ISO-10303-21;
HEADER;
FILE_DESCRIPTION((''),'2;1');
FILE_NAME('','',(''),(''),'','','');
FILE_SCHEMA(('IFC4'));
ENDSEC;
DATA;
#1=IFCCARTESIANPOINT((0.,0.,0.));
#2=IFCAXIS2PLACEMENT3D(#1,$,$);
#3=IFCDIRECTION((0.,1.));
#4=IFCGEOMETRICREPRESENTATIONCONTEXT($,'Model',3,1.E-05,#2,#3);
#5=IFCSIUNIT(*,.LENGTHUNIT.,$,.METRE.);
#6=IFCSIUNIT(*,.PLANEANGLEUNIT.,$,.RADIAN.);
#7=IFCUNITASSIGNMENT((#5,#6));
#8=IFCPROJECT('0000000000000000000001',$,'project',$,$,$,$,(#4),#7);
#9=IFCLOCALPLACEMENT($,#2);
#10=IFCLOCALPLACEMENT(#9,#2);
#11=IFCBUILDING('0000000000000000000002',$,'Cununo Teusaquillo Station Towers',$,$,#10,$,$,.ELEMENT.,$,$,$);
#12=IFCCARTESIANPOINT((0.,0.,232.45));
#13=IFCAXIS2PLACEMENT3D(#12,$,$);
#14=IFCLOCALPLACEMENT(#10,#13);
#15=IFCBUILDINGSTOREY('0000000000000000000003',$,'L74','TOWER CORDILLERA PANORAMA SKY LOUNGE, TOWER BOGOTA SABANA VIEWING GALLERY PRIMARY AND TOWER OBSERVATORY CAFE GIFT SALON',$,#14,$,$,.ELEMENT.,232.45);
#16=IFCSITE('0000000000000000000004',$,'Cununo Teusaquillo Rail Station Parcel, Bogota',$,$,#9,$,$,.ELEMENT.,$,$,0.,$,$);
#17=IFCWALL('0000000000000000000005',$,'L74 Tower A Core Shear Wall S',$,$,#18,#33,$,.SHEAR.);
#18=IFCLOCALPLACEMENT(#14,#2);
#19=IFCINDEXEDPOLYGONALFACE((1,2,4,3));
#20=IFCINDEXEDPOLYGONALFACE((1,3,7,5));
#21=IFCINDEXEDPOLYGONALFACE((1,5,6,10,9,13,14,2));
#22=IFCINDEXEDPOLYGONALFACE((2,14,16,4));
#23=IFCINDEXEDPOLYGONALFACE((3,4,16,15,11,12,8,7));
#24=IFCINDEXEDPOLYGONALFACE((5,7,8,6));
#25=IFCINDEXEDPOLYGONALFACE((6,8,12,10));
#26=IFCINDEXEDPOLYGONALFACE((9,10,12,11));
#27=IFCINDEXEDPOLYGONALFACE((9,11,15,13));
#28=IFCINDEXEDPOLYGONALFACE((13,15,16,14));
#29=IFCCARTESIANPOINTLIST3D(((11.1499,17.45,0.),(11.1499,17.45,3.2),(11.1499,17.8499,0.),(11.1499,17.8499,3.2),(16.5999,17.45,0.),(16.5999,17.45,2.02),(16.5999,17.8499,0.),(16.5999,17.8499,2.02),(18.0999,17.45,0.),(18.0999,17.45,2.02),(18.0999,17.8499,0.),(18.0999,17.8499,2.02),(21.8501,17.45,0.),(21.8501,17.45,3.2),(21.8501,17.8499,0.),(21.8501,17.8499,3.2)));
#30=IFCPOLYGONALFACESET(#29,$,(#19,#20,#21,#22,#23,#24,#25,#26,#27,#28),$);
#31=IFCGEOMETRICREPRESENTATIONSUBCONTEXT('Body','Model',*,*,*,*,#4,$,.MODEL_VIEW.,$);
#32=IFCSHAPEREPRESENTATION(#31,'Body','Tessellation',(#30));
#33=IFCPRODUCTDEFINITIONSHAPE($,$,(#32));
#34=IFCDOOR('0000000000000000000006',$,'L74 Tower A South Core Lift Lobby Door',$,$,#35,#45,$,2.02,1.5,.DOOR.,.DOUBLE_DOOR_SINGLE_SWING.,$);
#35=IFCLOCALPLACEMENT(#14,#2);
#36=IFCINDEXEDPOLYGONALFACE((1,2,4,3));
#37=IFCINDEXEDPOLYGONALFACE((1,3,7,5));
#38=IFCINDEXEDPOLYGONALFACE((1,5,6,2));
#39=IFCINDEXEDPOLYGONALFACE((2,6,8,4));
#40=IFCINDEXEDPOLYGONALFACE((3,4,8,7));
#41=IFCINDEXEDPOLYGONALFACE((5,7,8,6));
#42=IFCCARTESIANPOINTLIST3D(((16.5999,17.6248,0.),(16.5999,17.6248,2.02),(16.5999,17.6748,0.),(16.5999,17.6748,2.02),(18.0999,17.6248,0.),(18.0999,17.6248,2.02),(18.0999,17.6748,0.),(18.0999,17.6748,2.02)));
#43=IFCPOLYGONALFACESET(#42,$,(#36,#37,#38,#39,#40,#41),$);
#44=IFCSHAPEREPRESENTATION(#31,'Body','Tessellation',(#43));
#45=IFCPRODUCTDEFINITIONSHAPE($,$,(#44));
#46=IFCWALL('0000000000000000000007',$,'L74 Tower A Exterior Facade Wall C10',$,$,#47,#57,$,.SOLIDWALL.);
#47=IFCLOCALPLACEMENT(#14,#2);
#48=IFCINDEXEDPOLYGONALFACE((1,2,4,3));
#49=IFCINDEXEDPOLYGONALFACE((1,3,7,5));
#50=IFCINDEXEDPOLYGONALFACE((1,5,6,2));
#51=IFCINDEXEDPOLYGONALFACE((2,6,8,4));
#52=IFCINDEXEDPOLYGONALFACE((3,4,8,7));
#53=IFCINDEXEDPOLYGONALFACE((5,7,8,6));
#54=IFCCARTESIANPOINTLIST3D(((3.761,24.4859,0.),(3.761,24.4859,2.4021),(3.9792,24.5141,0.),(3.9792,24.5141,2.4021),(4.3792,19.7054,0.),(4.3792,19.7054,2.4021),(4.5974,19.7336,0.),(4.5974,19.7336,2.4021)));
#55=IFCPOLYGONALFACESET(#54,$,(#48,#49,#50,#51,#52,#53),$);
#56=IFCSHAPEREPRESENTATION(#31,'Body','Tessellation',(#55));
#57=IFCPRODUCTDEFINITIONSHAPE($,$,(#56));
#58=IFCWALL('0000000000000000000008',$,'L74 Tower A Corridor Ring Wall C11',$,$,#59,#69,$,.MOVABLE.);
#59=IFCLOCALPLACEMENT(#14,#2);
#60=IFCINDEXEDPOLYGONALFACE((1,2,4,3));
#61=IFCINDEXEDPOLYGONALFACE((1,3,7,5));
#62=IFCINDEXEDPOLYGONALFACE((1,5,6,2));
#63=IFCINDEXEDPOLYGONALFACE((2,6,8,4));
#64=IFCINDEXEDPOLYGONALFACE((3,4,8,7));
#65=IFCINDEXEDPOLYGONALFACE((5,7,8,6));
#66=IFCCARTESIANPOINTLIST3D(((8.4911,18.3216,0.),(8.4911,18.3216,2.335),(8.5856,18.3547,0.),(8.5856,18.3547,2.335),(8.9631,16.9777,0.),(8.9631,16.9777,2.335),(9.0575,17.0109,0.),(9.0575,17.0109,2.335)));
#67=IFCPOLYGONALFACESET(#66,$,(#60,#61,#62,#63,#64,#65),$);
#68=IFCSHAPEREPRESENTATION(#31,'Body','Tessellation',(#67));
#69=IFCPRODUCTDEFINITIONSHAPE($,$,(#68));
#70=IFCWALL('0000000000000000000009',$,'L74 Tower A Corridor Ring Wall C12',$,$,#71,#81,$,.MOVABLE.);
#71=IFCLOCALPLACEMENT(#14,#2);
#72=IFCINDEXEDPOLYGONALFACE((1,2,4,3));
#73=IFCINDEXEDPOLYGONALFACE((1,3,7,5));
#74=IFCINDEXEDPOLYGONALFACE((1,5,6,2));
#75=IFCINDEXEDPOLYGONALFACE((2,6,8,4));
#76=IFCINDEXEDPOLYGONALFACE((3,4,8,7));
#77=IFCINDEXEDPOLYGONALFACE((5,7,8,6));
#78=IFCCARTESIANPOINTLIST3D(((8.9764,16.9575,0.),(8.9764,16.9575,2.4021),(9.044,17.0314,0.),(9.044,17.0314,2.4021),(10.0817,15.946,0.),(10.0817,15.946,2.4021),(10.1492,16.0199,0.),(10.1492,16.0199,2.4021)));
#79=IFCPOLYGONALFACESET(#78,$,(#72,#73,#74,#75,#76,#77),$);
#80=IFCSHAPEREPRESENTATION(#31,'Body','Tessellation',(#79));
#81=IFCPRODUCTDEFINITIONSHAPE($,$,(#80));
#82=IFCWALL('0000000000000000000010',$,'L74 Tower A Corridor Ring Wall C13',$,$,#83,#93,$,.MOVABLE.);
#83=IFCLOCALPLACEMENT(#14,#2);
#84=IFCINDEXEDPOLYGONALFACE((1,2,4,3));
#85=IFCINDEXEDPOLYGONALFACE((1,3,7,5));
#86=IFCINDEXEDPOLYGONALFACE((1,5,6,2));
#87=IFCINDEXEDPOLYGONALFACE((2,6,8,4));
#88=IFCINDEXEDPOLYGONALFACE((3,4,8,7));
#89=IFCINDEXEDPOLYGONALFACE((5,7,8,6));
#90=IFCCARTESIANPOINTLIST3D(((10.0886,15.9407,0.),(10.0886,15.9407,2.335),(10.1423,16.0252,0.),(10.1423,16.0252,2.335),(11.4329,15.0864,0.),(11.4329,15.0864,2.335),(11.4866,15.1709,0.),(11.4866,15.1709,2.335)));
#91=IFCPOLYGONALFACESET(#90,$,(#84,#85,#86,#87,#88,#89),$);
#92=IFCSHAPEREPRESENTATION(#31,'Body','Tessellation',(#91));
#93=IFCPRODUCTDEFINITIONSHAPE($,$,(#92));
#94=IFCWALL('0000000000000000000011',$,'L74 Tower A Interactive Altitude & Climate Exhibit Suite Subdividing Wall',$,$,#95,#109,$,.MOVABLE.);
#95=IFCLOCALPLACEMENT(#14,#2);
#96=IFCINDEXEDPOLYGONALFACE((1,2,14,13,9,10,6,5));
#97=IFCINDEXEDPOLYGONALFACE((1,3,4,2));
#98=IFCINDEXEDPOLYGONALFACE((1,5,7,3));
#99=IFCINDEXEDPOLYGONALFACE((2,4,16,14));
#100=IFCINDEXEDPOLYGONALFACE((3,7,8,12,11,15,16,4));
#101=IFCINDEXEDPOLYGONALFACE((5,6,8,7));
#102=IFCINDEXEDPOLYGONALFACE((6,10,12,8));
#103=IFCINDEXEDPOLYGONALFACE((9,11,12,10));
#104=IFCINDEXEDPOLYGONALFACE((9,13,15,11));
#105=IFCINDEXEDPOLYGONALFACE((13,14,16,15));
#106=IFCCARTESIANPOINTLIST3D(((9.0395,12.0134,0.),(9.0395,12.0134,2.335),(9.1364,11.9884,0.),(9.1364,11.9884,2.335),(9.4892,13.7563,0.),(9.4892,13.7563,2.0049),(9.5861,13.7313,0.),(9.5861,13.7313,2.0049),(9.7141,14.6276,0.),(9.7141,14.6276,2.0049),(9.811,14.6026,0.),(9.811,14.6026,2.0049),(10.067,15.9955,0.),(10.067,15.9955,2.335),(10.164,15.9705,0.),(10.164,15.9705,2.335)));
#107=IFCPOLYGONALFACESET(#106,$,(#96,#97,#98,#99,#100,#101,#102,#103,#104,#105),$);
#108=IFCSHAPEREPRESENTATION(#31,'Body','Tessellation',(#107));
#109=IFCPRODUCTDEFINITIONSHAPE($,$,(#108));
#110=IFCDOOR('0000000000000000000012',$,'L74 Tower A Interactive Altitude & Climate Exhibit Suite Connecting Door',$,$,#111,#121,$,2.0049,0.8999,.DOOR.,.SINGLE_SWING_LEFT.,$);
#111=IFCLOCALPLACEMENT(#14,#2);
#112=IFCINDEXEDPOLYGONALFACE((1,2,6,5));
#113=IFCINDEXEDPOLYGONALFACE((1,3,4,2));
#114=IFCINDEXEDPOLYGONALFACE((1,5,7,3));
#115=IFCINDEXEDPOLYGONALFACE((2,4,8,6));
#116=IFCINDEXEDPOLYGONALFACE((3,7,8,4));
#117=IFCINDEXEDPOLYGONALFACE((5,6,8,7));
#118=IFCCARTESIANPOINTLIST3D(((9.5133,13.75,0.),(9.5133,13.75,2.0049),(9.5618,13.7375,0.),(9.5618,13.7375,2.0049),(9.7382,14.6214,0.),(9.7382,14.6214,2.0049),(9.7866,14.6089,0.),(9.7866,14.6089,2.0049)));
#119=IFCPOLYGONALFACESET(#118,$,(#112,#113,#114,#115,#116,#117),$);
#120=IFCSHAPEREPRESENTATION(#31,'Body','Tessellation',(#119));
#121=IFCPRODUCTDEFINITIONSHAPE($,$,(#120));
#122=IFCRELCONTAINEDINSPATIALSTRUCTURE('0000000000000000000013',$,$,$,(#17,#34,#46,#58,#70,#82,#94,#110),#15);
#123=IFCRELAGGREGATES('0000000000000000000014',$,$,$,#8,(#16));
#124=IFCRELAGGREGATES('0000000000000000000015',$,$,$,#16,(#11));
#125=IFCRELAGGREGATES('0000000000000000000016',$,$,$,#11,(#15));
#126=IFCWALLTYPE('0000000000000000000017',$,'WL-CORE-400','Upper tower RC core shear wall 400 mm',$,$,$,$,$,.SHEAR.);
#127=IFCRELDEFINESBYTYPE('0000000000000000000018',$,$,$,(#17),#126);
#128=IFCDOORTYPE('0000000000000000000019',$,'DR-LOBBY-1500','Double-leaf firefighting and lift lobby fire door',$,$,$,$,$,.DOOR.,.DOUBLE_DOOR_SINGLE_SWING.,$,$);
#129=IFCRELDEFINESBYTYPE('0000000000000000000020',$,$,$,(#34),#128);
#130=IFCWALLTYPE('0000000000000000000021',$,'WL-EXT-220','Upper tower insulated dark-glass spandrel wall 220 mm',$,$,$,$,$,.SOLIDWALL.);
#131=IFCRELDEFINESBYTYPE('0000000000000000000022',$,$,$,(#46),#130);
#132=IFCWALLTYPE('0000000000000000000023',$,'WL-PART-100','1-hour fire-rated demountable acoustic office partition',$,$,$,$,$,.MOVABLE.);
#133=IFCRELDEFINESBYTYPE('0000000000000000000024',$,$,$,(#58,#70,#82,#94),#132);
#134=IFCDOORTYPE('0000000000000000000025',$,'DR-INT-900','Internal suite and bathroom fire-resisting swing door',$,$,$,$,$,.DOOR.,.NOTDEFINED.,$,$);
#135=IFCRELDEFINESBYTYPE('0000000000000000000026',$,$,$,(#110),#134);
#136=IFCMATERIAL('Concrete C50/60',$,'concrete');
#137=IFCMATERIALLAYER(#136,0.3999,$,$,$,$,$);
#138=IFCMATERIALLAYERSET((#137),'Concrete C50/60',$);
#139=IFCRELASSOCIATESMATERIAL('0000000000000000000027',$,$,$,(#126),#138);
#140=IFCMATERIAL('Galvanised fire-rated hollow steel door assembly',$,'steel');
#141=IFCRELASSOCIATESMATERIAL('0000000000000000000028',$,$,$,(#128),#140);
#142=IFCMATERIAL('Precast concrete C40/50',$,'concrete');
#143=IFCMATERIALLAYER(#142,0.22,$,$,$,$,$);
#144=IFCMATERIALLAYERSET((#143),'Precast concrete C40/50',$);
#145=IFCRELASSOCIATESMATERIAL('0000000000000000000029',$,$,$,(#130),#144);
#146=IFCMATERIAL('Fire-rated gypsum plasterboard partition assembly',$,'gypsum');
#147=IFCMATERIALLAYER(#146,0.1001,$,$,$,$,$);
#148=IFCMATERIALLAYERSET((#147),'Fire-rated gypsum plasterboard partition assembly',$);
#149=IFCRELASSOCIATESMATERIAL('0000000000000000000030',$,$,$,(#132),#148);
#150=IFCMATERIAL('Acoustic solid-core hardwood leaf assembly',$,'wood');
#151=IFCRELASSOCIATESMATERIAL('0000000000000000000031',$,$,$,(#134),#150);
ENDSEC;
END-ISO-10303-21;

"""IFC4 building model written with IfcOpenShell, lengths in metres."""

from ifc_helpers import new_model, si_unit, direction, frame, frame_2d, origin, place, context, subcontext, project, spatial, rectangle, extrude, source, transform, mapped, material, layer, layer_set, type_object, element, fill, save


model = new_model("IFC4")

# Units and contexts
model_context = context("Model", 3, precision=1e-05, world=origin(), true_north=direction((0.0, 1.0)))
body_context = subcontext(model_context, "Body", "Model", "MODEL_VIEW")
ifc_project = project(units=[si_unit("LENGTHUNIT", "METRE"), si_unit("PLANEANGLEUNIT", "RADIAN")], contexts=[model_context])

# Site, building, storey
site_placement = place(None, origin())
site = spatial("IfcSite", under=ifc_project, at=site_placement, Name="Cununo Teusaquillo Rail Station Parcel, Bogota", CompositionType="ELEMENT", RefElevation=0.0)
building_placement = place(site_placement, origin())
building = spatial("IfcBuilding", under=site, at=building_placement, Name="Cununo Teusaquillo Station Towers", CompositionType="ELEMENT")
storey_placement = place(building_placement, frame((0.0, 0.0, 232.45)))
storey = spatial("IfcBuildingStorey", under=building, at=storey_placement, Name="L74", Description="TOWER CORDILLERA PANORAMA SKY LOUNGE, TOWER BOGOTA SABANA VIEWING GALLERY PRIMARY AND TOWER OBSERVATORY CAFE GIFT SALON", CompositionType="ELEMENT", Elevation=232.45)

# Shared definitions
ifc_material_1 = material(Name="Concrete C50/60", Category="concrete")
ifc_layer_1 = layer(ifc_material_1, 0.3999)
ifc_layer_set_1 = layer_set([ifc_layer_1], Name="Concrete C50/60")
wall_type_1 = type_object("IfcWallType", Name="WL-CORE-400", Description="Upper tower RC core shear wall 400 mm", PredefinedType="SHEAR", material=ifc_layer_set_1)

# Wall, opening, door
wall_1_placement = place(storey_placement, frame((11.1499, 17.6499, 0.0), z_axis=(0.0, 0.0, 1.0), x_axis=(1.0, 0.0, 0.0)))
wall_1 = element("IfcWall", 1, at=wall_1_placement, inside=storey, type_object=wall_type_1, Name="L74 Tower A Core Shear Wall S", PredefinedType="SHEAR", context=body_context, shape_type="SweptSolid", body=[
    extrude(rectangle(XDim=10.7002, YDim=0.3999, at=frame_2d((5.3501, 0.0))), origin(), (0.0, 0.0, 1.0), 3.2),
])
shared_shape_1 = source(origin(), body_context, "Body", "SweptSolid", [
    extrude(rectangle(XDim=1.5, YDim=2.02, at=frame_2d((0.75, 1.01))), frame((0.0, 0.21, 0.0), z_axis=(0.0, -1.0, 0.0), x_axis=(1.0, 0.0, 0.0)), (0.0, 0.0, 1.0), 0.4199),
])
opening_1_placement = place(wall_1_placement, frame((5.45, 0.0, 0.0)))
opening_1 = element("IfcOpeningElement", 2, at=opening_1_placement, cuts=wall_1, PredefinedType="OPENING", context=body_context, shape_type="MappedRepresentation", body=[
    mapped(shared_shape_1, transform((0.0, 0.0, 0.0), x_axis=(1.0, 0.0, 0.0), y_axis=(0.0, 1.0, 0.0), z_axis=(0.0, 0.0, 1.0), scale=1.0)),
])
ifc_material_2 = material(Name="Galvanised fire-rated hollow steel door assembly", Category="steel")
door_type_1 = type_object("IfcDoorType", Name="DR-LOBBY-1500", Description="Double-leaf firefighting and lift lobby fire door", OperationType="DOUBLE_DOOR_SINGLE_SWING", PredefinedType="DOOR", material=ifc_material_2)
shared_shape_2 = source(origin(), body_context, "Body", "SweptSolid", [
    extrude(rectangle(XDim=1.5, YDim=2.02, at=frame_2d((0.75, 1.01))), frame((0.0, 0.0249, 0.0), z_axis=(0.0, -1.0, 0.0), x_axis=(1.0, 0.0, 0.0)), (0.0, 0.0, 1.0), 0.05),
])
door_1_placement = place(opening_1_placement, origin())
door_1 = element("IfcDoor", 3, at=door_1_placement, inside=storey, type_object=door_type_1, Name="L74 Tower A South Core Lift Lobby Door", OperationType="DOUBLE_DOOR_SINGLE_SWING", OverallHeight=2.02, OverallWidth=1.5, PredefinedType="DOOR", context=body_context, shape_type="MappedRepresentation", body=[
    mapped(shared_shape_2, transform((0.0, 0.0, 0.0), x_axis=(1.0, 0.0, 0.0), y_axis=(0.0, 1.0, 0.0), z_axis=(0.0, 0.0, 1.0), scale=1.0)),
])
fill(opening_1, door_1)

# Walls
ifc_material_3 = material(Name="Precast concrete C40/50", Category="concrete")
ifc_layer_2 = layer(ifc_material_3, 0.22)
ifc_layer_set_2 = layer_set([ifc_layer_2], Name="Precast concrete C40/50")
wall_type_2 = type_object("IfcWallType", Name="WL-EXT-220", Description="Upper tower insulated dark-glass spandrel wall 220 mm", PredefinedType="SOLIDWALL", material=ifc_layer_set_2)
wall_2_placement = place(storey_placement, frame((4.4883, 19.7195, 0.0), z_axis=(0.0, 0.0, 1.0), x_axis=(-0.128241, 0.991743, 0.0)))
element("IfcWall", 4, at=wall_2_placement, inside=storey, type_object=wall_type_2, Name="L74 Tower A Exterior Facade Wall C10", PredefinedType="SOLIDWALL", context=body_context, shape_type="SweptSolid", body=[
    extrude(rectangle(XDim=4.8203, YDim=0.22, at=frame_2d((2.4102, 0.0))), origin(), (0.0, 0.0, 1.0), 2.4021),
])
ifc_material_4 = material(Name="Fire-rated gypsum plasterboard partition assembly", Category="gypsum")
ifc_layer_3 = layer(ifc_material_4, 0.1001)
ifc_layer_set_3 = layer_set([ifc_layer_3], Name="Fire-rated gypsum plasterboard partition assembly")
wall_type_3 = type_object("IfcWallType", Name="WL-PART-100", Description="1-hour fire-rated demountable acoustic office partition", PredefinedType="MOVABLE", material=ifc_layer_set_3)
wall_3_placement = place(storey_placement, frame((8.5383, 18.3381, 0.0), z_axis=(0.0, 0.0, 1.0), x_axis=(0.331358, -0.943505, 0.0)))
element("IfcWall", 5, at=wall_3_placement, inside=storey, type_object=wall_type_3, Name="L74 Tower A Corridor Ring Wall C11", PredefinedType="MOVABLE", context=body_context, shape_type="SweptSolid", body=[
    extrude(rectangle(XDim=1.4243, YDim=0.1001, at=frame_2d((0.7122, 0.0))), origin(), (0.0, 0.0, 1.0), 2.335),
])
wall_4_placement = place(storey_placement, frame((9.0103, 16.9944, 0.0), z_axis=(0.0, 0.0, 1.0), x_axis=(0.737702, -0.675127, 0.0)))
element("IfcWall", 6, at=wall_4_placement, inside=storey, type_object=wall_type_3, Name="L74 Tower A Corridor Ring Wall C12", PredefinedType="MOVABLE", context=body_context, shape_type="SweptSolid", body=[
    extrude(rectangle(XDim=1.4983, YDim=0.1001, at=frame_2d((0.749, 0.0))), origin(), (0.0, 0.0, 1.0), 2.4021),
])
wall_5_placement = place(storey_placement, frame((10.1155, 15.9829, 0.0), z_axis=(0.0, 0.0, 1.0), x_axis=(0.843996, -0.53635, 0.0)))
element("IfcWall", 7, at=wall_5_placement, inside=storey, type_object=wall_type_3, Name="L74 Tower A Corridor Ring Wall C13", PredefinedType="MOVABLE", context=body_context, shape_type="SweptSolid", body=[
    extrude(rectangle(XDim=1.5928, YDim=0.1001, at=frame_2d((0.7964, 0.0))), origin(), (0.0, 0.0, 1.0), 2.335),
])

# Wall, opening, door
wall_6_placement = place(storey_placement, frame((10.1155, 15.9829, 0.0), z_axis=(0.0, 0.0, 1.0), x_axis=(-0.249862, -0.968281, 0.0)))
wall_6 = element("IfcWall", 8, at=wall_6_placement, inside=storey, type_object=wall_type_3, Name="L74 Tower A Interactive Altitude & Climate Exhibit Suite Subdividing Wall", PredefinedType="MOVABLE", context=body_context, shape_type="SweptSolid", body=[
    extrude(rectangle(XDim=4.1125, YDim=0.1001, at=frame_2d((2.0562, 0.0))), origin(), (0.0, 0.0, 1.0), 2.335),
])
shared_shape_3 = source(origin(), body_context, "Body", "SweptSolid", [
    extrude(rectangle(XDim=0.8999, YDim=2.0049, at=frame_2d((0.45, 1.0024))), frame((0.0, 0.0601, 0.0), z_axis=(0.0, -1.0, 0.0), x_axis=(1.0, 0.0, 0.0)), (0.0, 0.0, 1.0), 0.1201),
])
opening_2_placement = place(wall_6_placement, frame((1.4126, 0.0, 0.0)))
opening_2 = element("IfcOpeningElement", 9, at=opening_2_placement, cuts=wall_6, PredefinedType="OPENING", context=body_context, shape_type="MappedRepresentation", body=[
    mapped(shared_shape_3, transform((0.0, 0.0, 0.0), x_axis=(1.0, 0.0, 0.0), y_axis=(0.0, 1.0, 0.0), z_axis=(0.0, 0.0, 1.0), scale=1.0)),
])
ifc_material_5 = material(Name="Acoustic solid-core hardwood leaf assembly", Category="wood")
door_type_2 = type_object("IfcDoorType", Name="DR-INT-900", Description="Internal suite and bathroom fire-resisting swing door", OperationType="NOTDEFINED", PredefinedType="DOOR", material=ifc_material_5)
shared_shape_4 = source(origin(), body_context, "Body", "SweptSolid", [
    extrude(rectangle(XDim=0.8999, YDim=2.0049, at=frame_2d((0.45, 1.0024))), frame((0.0, 0.0249, 0.0), z_axis=(0.0, -1.0, 0.0), x_axis=(1.0, 0.0, 0.0)), (0.0, 0.0, 1.0), 0.05),
])
door_2_placement = place(opening_2_placement, origin())
door_2 = element("IfcDoor", 10, at=door_2_placement, inside=storey, type_object=door_type_2, Name="L74 Tower A Interactive Altitude & Climate Exhibit Suite Connecting Door", OperationType="SINGLE_SWING_LEFT", OverallHeight=2.0049, OverallWidth=0.8999, PredefinedType="DOOR", context=body_context, shape_type="MappedRepresentation", body=[
    mapped(shared_shape_4, transform((0.0, 0.0, 0.0), x_axis=(1.0, 0.0, 0.0), y_axis=(0.0, 1.0, 0.0), z_axis=(0.0, 0.0, 1.0), scale=1.0)),
])
fill(opening_2, door_2)

save(model, "model.ifc")
